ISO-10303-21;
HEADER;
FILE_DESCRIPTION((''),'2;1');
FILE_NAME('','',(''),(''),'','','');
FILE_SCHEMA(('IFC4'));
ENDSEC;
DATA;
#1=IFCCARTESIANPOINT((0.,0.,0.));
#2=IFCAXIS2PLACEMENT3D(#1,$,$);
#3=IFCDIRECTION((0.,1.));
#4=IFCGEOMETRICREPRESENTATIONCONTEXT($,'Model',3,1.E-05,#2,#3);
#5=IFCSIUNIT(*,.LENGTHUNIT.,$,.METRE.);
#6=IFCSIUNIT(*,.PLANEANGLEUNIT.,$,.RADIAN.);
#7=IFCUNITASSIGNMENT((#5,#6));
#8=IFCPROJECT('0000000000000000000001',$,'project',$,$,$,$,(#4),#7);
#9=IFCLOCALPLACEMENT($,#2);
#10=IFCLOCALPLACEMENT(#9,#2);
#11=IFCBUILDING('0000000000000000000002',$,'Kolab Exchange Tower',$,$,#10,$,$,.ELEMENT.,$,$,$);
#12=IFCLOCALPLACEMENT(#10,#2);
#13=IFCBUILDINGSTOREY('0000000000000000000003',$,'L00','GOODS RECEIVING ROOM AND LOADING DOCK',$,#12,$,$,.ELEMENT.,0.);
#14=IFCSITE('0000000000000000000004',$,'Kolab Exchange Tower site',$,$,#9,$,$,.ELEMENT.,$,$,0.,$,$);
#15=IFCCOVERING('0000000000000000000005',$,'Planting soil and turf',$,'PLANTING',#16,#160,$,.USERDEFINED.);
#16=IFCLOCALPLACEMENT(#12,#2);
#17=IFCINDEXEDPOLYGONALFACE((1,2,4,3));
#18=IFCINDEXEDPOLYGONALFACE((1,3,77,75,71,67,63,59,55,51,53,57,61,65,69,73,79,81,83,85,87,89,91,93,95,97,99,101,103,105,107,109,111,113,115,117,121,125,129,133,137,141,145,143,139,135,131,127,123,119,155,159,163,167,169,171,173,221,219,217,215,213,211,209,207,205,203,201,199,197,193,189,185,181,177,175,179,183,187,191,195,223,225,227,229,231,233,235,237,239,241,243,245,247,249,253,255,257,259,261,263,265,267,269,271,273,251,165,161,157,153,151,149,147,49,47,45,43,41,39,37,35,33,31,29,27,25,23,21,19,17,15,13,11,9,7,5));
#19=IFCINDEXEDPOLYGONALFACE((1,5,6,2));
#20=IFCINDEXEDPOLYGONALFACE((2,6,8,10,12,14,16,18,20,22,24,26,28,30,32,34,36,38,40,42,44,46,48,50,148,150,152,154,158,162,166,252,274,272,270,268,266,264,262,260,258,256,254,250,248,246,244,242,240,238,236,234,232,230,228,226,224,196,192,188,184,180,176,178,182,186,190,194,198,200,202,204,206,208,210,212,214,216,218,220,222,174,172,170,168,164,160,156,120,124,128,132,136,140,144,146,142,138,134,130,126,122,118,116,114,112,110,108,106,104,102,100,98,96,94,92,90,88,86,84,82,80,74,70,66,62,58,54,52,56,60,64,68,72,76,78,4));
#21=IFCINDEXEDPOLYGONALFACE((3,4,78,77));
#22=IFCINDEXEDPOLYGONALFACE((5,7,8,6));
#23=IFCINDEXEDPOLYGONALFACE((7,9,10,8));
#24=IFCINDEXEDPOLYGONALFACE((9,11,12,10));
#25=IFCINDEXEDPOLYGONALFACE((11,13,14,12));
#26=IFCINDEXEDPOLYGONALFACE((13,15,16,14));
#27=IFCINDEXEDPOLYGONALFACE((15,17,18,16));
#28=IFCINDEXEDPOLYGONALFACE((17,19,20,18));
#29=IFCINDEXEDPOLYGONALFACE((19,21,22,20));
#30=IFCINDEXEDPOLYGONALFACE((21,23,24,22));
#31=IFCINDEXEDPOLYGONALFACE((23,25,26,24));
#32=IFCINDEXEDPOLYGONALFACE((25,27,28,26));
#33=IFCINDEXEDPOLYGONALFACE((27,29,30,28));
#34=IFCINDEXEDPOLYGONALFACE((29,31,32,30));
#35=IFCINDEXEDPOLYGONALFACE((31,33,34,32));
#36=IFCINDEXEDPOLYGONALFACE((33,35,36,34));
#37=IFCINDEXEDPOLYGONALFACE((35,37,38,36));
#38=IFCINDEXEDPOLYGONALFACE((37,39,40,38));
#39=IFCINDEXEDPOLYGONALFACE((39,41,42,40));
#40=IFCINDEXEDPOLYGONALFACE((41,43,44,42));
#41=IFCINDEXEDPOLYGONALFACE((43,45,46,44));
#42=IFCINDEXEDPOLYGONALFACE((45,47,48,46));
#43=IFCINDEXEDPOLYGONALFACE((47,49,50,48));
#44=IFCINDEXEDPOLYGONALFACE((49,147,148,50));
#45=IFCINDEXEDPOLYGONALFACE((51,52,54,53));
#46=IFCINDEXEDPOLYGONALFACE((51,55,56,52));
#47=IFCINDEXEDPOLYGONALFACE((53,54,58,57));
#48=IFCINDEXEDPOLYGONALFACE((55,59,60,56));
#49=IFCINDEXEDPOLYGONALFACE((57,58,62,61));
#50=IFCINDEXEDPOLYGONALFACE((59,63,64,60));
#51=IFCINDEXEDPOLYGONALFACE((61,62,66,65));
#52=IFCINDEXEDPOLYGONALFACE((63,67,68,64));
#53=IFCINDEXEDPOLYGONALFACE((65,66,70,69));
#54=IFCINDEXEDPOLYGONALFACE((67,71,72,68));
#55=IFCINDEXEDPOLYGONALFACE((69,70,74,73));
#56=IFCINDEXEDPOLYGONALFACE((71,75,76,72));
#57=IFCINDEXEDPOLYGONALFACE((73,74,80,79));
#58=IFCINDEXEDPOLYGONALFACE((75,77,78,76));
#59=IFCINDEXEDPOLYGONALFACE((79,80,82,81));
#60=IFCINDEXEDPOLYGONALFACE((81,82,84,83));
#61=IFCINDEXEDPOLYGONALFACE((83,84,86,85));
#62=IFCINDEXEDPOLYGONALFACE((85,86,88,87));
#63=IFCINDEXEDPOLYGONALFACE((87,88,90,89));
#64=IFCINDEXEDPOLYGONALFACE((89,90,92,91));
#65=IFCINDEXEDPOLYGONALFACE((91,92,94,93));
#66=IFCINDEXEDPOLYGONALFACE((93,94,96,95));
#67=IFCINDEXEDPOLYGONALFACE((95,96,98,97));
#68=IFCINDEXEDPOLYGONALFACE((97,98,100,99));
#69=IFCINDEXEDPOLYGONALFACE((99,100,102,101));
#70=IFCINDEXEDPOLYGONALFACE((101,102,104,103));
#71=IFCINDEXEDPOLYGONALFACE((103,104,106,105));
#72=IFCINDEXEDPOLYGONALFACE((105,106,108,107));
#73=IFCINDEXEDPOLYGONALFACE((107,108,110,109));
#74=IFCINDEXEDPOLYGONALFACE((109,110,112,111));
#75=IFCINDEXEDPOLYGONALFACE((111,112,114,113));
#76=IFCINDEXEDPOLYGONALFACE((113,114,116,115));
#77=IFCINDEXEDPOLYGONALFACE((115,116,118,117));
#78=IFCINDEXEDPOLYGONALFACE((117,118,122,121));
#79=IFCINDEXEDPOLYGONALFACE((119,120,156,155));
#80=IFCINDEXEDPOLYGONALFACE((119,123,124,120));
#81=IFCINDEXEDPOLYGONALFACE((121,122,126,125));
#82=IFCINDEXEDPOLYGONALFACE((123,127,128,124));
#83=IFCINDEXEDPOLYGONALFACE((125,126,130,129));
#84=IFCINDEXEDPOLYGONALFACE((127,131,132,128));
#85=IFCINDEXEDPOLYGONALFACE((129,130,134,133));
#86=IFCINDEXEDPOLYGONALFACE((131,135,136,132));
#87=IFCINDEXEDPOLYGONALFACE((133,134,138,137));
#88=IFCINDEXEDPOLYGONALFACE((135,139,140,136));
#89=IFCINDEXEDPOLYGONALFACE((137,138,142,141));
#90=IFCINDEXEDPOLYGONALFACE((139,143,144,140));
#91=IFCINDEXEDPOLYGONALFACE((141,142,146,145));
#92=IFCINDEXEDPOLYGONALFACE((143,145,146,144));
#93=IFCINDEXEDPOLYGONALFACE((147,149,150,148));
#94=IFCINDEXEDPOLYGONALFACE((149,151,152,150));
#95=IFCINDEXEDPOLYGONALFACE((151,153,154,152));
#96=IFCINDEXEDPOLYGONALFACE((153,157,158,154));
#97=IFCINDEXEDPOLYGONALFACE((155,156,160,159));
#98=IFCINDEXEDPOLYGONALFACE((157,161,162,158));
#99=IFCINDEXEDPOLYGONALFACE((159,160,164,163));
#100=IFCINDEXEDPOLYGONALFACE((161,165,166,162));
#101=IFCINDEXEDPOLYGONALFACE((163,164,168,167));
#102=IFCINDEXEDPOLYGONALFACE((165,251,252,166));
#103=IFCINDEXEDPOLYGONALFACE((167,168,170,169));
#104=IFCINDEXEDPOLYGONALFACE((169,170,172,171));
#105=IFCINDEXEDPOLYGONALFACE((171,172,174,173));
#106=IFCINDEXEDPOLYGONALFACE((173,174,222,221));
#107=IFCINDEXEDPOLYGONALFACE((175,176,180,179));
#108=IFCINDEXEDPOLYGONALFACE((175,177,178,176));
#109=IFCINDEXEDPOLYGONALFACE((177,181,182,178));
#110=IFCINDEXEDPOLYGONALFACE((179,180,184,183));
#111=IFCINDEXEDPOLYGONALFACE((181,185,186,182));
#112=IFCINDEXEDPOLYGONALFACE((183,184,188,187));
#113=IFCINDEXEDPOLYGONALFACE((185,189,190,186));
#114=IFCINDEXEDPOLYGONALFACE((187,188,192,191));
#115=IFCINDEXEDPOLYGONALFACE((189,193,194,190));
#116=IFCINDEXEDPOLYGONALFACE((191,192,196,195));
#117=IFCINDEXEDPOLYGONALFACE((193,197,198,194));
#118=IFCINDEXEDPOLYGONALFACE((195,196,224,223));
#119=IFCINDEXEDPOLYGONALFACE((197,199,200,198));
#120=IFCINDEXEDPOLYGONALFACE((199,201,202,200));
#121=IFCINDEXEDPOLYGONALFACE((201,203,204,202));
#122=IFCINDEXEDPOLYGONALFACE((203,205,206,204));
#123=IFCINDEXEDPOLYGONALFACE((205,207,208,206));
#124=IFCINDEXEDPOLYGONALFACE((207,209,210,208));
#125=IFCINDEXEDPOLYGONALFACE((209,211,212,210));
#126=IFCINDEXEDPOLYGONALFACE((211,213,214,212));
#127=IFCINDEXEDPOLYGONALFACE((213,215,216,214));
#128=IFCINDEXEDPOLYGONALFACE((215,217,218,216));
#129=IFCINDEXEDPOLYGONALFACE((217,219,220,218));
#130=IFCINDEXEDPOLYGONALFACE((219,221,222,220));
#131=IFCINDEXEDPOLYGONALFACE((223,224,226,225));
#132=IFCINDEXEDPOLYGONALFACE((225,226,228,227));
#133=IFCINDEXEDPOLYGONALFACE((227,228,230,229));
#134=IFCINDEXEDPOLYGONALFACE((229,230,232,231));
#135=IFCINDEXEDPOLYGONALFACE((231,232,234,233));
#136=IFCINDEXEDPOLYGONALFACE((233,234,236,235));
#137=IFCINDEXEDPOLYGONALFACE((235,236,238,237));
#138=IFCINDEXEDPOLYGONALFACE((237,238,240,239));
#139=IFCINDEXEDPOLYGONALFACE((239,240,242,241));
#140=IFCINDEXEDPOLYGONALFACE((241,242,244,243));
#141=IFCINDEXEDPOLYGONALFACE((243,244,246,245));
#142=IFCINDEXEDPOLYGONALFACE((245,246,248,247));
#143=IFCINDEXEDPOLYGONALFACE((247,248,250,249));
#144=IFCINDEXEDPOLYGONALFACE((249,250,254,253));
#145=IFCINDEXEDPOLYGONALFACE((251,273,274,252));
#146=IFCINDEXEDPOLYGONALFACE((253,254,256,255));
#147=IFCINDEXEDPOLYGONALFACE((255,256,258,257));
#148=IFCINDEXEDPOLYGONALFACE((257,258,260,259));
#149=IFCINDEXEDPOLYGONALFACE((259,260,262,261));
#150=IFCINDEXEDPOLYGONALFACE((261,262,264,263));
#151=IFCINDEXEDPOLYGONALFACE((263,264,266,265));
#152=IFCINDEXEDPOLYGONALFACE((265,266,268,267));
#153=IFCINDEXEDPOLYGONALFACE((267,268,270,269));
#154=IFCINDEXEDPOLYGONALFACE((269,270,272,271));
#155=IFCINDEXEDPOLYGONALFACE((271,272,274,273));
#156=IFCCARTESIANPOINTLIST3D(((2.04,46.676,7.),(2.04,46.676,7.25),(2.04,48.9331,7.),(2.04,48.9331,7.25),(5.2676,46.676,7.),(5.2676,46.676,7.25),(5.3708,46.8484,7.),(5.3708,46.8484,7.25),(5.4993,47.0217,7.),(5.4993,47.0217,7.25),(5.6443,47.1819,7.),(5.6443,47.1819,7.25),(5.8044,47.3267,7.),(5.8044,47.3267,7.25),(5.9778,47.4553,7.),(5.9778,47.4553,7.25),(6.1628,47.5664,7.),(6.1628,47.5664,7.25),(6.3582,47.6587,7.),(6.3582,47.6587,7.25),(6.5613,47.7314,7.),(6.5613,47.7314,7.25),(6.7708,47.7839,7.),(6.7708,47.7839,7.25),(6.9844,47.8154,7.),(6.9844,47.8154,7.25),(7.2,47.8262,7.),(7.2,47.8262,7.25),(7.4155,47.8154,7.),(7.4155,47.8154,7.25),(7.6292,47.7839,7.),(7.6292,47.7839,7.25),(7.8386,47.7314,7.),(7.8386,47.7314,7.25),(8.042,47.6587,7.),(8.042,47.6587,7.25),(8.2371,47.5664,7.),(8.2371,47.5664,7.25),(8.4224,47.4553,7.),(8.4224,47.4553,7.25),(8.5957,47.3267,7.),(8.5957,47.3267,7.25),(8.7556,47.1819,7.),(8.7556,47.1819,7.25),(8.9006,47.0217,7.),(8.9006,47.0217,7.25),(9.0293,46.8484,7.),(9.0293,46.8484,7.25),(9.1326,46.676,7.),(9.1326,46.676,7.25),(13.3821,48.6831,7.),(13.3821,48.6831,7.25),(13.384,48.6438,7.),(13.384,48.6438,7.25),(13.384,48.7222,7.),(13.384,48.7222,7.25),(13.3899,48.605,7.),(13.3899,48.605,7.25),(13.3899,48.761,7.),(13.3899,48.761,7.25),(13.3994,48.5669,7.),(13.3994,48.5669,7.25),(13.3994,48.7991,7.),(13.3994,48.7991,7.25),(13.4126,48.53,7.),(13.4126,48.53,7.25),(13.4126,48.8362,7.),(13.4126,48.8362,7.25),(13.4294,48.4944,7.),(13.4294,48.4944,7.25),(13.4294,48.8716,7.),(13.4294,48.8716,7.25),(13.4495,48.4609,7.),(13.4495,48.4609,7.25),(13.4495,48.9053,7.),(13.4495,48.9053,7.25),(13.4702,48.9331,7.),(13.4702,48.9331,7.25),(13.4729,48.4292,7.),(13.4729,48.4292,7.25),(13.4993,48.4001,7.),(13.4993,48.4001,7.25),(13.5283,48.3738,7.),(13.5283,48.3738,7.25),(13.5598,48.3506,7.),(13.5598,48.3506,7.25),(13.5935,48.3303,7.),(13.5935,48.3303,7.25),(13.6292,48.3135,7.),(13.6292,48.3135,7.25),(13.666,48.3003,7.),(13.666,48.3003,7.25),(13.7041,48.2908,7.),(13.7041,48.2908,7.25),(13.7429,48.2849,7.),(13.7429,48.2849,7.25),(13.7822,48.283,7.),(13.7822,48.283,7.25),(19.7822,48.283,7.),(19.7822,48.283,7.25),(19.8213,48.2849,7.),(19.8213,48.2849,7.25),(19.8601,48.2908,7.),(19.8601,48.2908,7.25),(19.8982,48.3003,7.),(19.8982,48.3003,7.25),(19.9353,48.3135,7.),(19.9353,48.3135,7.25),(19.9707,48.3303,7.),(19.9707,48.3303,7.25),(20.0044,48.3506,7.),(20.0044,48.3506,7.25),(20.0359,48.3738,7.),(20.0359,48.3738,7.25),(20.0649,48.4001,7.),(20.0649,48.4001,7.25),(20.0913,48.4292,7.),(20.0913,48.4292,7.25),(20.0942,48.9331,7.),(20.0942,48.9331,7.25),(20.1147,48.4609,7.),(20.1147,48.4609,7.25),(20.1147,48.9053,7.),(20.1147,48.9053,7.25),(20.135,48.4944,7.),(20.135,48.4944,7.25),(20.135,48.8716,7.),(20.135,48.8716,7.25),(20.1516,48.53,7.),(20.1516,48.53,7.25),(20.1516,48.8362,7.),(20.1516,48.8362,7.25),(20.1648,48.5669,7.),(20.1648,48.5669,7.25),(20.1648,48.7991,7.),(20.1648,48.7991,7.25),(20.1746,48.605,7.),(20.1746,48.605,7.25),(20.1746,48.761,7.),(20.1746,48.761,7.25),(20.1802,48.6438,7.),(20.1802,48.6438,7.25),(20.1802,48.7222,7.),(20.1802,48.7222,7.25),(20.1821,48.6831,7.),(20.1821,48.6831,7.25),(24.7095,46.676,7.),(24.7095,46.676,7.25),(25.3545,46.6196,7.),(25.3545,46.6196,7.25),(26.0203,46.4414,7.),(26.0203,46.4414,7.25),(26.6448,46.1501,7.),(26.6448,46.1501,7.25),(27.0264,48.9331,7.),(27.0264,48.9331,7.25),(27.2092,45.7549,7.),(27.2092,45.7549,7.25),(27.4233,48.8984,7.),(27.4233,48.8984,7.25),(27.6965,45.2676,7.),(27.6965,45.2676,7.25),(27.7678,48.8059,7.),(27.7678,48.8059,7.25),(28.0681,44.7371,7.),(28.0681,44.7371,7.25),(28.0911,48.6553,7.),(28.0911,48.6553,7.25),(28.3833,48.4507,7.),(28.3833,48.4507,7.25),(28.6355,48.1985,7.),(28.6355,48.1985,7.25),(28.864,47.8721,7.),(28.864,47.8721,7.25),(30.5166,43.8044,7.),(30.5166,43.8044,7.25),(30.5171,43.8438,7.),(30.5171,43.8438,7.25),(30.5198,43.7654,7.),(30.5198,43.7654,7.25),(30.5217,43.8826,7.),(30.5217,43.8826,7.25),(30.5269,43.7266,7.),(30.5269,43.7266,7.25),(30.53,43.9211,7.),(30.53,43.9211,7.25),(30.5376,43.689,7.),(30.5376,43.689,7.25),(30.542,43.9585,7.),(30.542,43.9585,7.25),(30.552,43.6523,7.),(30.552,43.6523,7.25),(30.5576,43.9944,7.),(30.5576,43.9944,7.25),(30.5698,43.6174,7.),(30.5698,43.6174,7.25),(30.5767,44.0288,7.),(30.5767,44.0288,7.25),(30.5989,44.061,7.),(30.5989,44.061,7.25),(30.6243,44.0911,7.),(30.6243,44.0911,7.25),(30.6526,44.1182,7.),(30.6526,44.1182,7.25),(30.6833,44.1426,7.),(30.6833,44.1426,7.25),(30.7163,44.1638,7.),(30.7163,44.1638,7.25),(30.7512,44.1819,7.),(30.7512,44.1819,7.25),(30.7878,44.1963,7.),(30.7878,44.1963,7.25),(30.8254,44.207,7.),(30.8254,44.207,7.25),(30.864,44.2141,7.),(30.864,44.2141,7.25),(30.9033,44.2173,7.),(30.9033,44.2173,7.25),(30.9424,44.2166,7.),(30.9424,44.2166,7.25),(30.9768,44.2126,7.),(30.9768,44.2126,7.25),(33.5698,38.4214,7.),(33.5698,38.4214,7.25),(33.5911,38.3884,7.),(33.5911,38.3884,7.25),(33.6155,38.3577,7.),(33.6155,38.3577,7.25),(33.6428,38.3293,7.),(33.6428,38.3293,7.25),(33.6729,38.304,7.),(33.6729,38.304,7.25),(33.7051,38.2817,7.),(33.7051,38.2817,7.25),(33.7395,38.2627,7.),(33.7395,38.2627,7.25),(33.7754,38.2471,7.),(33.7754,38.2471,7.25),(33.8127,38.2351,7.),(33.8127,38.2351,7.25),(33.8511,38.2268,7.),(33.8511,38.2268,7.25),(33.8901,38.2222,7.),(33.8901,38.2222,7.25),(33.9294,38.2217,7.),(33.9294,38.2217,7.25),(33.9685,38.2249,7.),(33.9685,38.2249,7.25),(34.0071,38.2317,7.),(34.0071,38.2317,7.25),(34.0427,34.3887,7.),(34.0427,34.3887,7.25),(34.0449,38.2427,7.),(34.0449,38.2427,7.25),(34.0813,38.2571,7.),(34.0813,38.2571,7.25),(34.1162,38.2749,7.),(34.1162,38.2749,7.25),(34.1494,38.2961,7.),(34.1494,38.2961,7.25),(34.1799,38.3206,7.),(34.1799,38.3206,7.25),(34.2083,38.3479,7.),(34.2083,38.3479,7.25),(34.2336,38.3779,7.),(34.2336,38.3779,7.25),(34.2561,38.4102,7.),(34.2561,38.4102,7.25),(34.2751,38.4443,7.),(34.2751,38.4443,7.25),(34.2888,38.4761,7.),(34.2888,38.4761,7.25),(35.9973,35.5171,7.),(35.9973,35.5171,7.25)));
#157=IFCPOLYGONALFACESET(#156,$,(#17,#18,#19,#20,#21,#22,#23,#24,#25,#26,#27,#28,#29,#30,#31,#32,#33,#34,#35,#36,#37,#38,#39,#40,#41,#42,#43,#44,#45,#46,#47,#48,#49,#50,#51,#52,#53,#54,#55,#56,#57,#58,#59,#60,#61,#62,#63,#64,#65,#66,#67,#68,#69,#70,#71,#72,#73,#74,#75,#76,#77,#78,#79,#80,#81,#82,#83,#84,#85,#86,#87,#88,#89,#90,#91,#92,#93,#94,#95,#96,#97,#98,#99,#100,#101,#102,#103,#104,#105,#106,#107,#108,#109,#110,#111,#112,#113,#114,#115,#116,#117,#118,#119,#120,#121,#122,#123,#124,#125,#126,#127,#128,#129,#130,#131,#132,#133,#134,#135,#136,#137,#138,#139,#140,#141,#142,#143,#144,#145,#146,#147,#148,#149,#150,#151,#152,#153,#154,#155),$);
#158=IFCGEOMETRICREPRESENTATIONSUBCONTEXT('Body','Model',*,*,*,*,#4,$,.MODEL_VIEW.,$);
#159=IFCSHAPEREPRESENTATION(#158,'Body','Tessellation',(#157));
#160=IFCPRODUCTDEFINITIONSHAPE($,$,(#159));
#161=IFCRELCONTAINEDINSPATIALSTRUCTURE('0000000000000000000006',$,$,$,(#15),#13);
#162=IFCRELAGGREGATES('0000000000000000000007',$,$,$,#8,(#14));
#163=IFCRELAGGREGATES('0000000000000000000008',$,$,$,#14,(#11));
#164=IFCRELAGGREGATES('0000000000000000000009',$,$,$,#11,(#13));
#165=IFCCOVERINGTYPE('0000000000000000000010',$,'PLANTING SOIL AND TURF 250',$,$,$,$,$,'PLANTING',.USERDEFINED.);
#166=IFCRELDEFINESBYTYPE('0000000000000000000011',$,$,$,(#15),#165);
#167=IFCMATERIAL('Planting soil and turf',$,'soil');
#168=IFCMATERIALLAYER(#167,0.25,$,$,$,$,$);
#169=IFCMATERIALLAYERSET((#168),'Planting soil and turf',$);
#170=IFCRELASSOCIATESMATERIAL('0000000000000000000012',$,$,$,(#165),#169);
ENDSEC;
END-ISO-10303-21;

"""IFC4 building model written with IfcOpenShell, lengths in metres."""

from ifc_helpers import new_model, si_unit, direction, frame, origin, place, context, subcontext, project, spatial, polyline, outline, extrude, material, layer, layer_set, type_object, element, save


model = new_model("IFC4")

# Units and contexts
model_context = context("Model", 3, precision=1e-05, world=origin(), true_north=direction((0.0, 1.0)))
body_context = subcontext(model_context, "Body", "Model", "MODEL_VIEW")
ifc_project = project(units=[si_unit("LENGTHUNIT", "METRE"), si_unit("PLANEANGLEUNIT", "RADIAN")], contexts=[model_context])

# Site, building, storey
site_placement = place(None, origin())
site = spatial("IfcSite", under=ifc_project, at=site_placement, Name="Kolab Exchange Tower site", CompositionType="ELEMENT", RefElevation=0.0)
building_placement = place(site_placement, origin())
building = spatial("IfcBuilding", under=site, at=building_placement, Name="Kolab Exchange Tower", CompositionType="ELEMENT")
storey_placement = place(building_placement, origin())
storey = spatial("IfcBuildingStorey", under=building, at=storey_placement, Name="L00", Description="GOODS RECEIVING ROOM AND LOADING DOCK", CompositionType="ELEMENT", Elevation=0.0)

# Covering
ifc_material_1 = material(Name="Planting soil and turf", Category="soil")
ifc_layer_1 = layer(ifc_material_1, 0.25)
ifc_layer_set_1 = layer_set([ifc_layer_1], Name="Planting soil and turf")
covering_type_1 = type_object("IfcCoveringType", Name="PLANTING SOIL AND TURF 250", ElementType="PLANTING", PredefinedType="USERDEFINED", material=ifc_layer_set_1)
covering_1_placement = place(storey_placement, frame((0.0, 0.0, 7.0)))
element("IfcCovering", 1, at=covering_1_placement, inside=storey, type_object=covering_type_1, Name="Planting soil and turf", ObjectType="PLANTING", PredefinedType="USERDEFINED", context=body_context, shape_type="SweptSolid", body=[
    extrude(outline(polyline([(13.4702, 48.9331), (13.4495, 48.9053), (13.4294, 48.8716), (13.4126, 48.8362), (13.3994, 48.7991), (13.3899, 48.761), (13.384, 48.7222), (13.3821, 48.6831), (13.384, 48.6438), (13.3899, 48.605), (13.3994, 48.5669), (13.4126, 48.53), (13.4294, 48.4944), (13.4495, 48.4609), (13.4729, 48.4292), (13.4993, 48.4001), (13.5283, 48.3738), (13.5598, 48.3506), (13.5935, 48.3303), (13.6292, 48.3135), (13.666, 48.3003), (13.7041, 48.2908), (13.7429, 48.2849), (13.7822, 48.283), (19.7822, 48.283), (19.8213, 48.2849), (19.8601, 48.2908), (19.8982, 48.3003), (19.9353, 48.3135), (19.9707, 48.3303), (20.0044, 48.3506), (20.0359, 48.3738), (20.0649, 48.4001), (20.0913, 48.4292), (20.1147, 48.4609), (20.135, 48.4944), (20.1516, 48.53), (20.1648, 48.5669), (20.1746, 48.605), (20.1802, 48.6438), (20.1821, 48.6831), (20.1802, 48.7222), (20.1746, 48.761), (20.1648, 48.7991), (20.1516, 48.8362), (20.135, 48.8716), (20.1147, 48.9053), (20.0942, 48.9331), (27.0264, 48.9331), (27.4233, 48.8984), (27.7678, 48.8059), (28.0911, 48.6553), (28.3833, 48.4507), (28.6355, 48.1985), (28.864, 47.8721), (30.9768, 44.2126), (30.9424, 44.2166), (30.9033, 44.2173), (30.864, 44.2141), (30.8254, 44.207), (30.7878, 44.1963), (30.7512, 44.1819), (30.7163, 44.1638), (30.6833, 44.1426), (30.6526, 44.1182), (30.6243, 44.0911), (30.5989, 44.061), (30.5767, 44.0288), (30.5576, 43.9944), (30.542, 43.9585), (30.53, 43.9211), (30.5217, 43.8826), (30.5171, 43.8438), (30.5166, 43.8044), (30.5198, 43.7654), (30.5269, 43.7266), (30.5376, 43.689), (30.552, 43.6523), (30.5698, 43.6174), (33.5698, 38.4214), (33.5911, 38.3884), (33.6155, 38.3577), (33.6428, 38.3293), (33.6729, 38.304), (33.7051, 38.2817), (33.7395, 38.2627), (33.7754, 38.2471), (33.8127, 38.2351), (33.8511, 38.2268), (33.8901, 38.2222), (33.9294, 38.2217), (33.9685, 38.2249), (34.0071, 38.2317), (34.0449, 38.2427), (34.0813, 38.2571), (34.1162, 38.2749), (34.1494, 38.2961), (34.1799, 38.3206), (34.2083, 38.3479), (34.2336, 38.3779), (34.2561, 38.4102), (34.2751, 38.4443), (34.2888, 38.4761), (35.9973, 35.5171), (34.0427, 34.3887), (28.0681, 44.7371), (27.6965, 45.2676), (27.2092, 45.7549), (26.6448, 46.1501), (26.0203, 46.4414), (25.3545, 46.6196), (24.7095, 46.676), (9.1326, 46.676), (9.0293, 46.8484), (8.9006, 47.0217), (8.7556, 47.1819), (8.5957, 47.3267), (8.4224, 47.4553), (8.2371, 47.5664), (8.042, 47.6587), (7.8386, 47.7314), (7.6292, 47.7839), (7.4155, 47.8154), (7.2, 47.8262), (6.9844, 47.8154), (6.7708, 47.7839), (6.5613, 47.7314), (6.3582, 47.6587), (6.1628, 47.5664), (5.9778, 47.4553), (5.8044, 47.3267), (5.6443, 47.1819), (5.4993, 47.0217), (5.3708, 46.8484), (5.2676, 46.676), (2.04, 46.676), (2.04, 48.9331), (13.4702, 48.9331)])), origin(), (0.0, 0.0, 1.0), 0.25),
])

save(model, "model.ifc")
